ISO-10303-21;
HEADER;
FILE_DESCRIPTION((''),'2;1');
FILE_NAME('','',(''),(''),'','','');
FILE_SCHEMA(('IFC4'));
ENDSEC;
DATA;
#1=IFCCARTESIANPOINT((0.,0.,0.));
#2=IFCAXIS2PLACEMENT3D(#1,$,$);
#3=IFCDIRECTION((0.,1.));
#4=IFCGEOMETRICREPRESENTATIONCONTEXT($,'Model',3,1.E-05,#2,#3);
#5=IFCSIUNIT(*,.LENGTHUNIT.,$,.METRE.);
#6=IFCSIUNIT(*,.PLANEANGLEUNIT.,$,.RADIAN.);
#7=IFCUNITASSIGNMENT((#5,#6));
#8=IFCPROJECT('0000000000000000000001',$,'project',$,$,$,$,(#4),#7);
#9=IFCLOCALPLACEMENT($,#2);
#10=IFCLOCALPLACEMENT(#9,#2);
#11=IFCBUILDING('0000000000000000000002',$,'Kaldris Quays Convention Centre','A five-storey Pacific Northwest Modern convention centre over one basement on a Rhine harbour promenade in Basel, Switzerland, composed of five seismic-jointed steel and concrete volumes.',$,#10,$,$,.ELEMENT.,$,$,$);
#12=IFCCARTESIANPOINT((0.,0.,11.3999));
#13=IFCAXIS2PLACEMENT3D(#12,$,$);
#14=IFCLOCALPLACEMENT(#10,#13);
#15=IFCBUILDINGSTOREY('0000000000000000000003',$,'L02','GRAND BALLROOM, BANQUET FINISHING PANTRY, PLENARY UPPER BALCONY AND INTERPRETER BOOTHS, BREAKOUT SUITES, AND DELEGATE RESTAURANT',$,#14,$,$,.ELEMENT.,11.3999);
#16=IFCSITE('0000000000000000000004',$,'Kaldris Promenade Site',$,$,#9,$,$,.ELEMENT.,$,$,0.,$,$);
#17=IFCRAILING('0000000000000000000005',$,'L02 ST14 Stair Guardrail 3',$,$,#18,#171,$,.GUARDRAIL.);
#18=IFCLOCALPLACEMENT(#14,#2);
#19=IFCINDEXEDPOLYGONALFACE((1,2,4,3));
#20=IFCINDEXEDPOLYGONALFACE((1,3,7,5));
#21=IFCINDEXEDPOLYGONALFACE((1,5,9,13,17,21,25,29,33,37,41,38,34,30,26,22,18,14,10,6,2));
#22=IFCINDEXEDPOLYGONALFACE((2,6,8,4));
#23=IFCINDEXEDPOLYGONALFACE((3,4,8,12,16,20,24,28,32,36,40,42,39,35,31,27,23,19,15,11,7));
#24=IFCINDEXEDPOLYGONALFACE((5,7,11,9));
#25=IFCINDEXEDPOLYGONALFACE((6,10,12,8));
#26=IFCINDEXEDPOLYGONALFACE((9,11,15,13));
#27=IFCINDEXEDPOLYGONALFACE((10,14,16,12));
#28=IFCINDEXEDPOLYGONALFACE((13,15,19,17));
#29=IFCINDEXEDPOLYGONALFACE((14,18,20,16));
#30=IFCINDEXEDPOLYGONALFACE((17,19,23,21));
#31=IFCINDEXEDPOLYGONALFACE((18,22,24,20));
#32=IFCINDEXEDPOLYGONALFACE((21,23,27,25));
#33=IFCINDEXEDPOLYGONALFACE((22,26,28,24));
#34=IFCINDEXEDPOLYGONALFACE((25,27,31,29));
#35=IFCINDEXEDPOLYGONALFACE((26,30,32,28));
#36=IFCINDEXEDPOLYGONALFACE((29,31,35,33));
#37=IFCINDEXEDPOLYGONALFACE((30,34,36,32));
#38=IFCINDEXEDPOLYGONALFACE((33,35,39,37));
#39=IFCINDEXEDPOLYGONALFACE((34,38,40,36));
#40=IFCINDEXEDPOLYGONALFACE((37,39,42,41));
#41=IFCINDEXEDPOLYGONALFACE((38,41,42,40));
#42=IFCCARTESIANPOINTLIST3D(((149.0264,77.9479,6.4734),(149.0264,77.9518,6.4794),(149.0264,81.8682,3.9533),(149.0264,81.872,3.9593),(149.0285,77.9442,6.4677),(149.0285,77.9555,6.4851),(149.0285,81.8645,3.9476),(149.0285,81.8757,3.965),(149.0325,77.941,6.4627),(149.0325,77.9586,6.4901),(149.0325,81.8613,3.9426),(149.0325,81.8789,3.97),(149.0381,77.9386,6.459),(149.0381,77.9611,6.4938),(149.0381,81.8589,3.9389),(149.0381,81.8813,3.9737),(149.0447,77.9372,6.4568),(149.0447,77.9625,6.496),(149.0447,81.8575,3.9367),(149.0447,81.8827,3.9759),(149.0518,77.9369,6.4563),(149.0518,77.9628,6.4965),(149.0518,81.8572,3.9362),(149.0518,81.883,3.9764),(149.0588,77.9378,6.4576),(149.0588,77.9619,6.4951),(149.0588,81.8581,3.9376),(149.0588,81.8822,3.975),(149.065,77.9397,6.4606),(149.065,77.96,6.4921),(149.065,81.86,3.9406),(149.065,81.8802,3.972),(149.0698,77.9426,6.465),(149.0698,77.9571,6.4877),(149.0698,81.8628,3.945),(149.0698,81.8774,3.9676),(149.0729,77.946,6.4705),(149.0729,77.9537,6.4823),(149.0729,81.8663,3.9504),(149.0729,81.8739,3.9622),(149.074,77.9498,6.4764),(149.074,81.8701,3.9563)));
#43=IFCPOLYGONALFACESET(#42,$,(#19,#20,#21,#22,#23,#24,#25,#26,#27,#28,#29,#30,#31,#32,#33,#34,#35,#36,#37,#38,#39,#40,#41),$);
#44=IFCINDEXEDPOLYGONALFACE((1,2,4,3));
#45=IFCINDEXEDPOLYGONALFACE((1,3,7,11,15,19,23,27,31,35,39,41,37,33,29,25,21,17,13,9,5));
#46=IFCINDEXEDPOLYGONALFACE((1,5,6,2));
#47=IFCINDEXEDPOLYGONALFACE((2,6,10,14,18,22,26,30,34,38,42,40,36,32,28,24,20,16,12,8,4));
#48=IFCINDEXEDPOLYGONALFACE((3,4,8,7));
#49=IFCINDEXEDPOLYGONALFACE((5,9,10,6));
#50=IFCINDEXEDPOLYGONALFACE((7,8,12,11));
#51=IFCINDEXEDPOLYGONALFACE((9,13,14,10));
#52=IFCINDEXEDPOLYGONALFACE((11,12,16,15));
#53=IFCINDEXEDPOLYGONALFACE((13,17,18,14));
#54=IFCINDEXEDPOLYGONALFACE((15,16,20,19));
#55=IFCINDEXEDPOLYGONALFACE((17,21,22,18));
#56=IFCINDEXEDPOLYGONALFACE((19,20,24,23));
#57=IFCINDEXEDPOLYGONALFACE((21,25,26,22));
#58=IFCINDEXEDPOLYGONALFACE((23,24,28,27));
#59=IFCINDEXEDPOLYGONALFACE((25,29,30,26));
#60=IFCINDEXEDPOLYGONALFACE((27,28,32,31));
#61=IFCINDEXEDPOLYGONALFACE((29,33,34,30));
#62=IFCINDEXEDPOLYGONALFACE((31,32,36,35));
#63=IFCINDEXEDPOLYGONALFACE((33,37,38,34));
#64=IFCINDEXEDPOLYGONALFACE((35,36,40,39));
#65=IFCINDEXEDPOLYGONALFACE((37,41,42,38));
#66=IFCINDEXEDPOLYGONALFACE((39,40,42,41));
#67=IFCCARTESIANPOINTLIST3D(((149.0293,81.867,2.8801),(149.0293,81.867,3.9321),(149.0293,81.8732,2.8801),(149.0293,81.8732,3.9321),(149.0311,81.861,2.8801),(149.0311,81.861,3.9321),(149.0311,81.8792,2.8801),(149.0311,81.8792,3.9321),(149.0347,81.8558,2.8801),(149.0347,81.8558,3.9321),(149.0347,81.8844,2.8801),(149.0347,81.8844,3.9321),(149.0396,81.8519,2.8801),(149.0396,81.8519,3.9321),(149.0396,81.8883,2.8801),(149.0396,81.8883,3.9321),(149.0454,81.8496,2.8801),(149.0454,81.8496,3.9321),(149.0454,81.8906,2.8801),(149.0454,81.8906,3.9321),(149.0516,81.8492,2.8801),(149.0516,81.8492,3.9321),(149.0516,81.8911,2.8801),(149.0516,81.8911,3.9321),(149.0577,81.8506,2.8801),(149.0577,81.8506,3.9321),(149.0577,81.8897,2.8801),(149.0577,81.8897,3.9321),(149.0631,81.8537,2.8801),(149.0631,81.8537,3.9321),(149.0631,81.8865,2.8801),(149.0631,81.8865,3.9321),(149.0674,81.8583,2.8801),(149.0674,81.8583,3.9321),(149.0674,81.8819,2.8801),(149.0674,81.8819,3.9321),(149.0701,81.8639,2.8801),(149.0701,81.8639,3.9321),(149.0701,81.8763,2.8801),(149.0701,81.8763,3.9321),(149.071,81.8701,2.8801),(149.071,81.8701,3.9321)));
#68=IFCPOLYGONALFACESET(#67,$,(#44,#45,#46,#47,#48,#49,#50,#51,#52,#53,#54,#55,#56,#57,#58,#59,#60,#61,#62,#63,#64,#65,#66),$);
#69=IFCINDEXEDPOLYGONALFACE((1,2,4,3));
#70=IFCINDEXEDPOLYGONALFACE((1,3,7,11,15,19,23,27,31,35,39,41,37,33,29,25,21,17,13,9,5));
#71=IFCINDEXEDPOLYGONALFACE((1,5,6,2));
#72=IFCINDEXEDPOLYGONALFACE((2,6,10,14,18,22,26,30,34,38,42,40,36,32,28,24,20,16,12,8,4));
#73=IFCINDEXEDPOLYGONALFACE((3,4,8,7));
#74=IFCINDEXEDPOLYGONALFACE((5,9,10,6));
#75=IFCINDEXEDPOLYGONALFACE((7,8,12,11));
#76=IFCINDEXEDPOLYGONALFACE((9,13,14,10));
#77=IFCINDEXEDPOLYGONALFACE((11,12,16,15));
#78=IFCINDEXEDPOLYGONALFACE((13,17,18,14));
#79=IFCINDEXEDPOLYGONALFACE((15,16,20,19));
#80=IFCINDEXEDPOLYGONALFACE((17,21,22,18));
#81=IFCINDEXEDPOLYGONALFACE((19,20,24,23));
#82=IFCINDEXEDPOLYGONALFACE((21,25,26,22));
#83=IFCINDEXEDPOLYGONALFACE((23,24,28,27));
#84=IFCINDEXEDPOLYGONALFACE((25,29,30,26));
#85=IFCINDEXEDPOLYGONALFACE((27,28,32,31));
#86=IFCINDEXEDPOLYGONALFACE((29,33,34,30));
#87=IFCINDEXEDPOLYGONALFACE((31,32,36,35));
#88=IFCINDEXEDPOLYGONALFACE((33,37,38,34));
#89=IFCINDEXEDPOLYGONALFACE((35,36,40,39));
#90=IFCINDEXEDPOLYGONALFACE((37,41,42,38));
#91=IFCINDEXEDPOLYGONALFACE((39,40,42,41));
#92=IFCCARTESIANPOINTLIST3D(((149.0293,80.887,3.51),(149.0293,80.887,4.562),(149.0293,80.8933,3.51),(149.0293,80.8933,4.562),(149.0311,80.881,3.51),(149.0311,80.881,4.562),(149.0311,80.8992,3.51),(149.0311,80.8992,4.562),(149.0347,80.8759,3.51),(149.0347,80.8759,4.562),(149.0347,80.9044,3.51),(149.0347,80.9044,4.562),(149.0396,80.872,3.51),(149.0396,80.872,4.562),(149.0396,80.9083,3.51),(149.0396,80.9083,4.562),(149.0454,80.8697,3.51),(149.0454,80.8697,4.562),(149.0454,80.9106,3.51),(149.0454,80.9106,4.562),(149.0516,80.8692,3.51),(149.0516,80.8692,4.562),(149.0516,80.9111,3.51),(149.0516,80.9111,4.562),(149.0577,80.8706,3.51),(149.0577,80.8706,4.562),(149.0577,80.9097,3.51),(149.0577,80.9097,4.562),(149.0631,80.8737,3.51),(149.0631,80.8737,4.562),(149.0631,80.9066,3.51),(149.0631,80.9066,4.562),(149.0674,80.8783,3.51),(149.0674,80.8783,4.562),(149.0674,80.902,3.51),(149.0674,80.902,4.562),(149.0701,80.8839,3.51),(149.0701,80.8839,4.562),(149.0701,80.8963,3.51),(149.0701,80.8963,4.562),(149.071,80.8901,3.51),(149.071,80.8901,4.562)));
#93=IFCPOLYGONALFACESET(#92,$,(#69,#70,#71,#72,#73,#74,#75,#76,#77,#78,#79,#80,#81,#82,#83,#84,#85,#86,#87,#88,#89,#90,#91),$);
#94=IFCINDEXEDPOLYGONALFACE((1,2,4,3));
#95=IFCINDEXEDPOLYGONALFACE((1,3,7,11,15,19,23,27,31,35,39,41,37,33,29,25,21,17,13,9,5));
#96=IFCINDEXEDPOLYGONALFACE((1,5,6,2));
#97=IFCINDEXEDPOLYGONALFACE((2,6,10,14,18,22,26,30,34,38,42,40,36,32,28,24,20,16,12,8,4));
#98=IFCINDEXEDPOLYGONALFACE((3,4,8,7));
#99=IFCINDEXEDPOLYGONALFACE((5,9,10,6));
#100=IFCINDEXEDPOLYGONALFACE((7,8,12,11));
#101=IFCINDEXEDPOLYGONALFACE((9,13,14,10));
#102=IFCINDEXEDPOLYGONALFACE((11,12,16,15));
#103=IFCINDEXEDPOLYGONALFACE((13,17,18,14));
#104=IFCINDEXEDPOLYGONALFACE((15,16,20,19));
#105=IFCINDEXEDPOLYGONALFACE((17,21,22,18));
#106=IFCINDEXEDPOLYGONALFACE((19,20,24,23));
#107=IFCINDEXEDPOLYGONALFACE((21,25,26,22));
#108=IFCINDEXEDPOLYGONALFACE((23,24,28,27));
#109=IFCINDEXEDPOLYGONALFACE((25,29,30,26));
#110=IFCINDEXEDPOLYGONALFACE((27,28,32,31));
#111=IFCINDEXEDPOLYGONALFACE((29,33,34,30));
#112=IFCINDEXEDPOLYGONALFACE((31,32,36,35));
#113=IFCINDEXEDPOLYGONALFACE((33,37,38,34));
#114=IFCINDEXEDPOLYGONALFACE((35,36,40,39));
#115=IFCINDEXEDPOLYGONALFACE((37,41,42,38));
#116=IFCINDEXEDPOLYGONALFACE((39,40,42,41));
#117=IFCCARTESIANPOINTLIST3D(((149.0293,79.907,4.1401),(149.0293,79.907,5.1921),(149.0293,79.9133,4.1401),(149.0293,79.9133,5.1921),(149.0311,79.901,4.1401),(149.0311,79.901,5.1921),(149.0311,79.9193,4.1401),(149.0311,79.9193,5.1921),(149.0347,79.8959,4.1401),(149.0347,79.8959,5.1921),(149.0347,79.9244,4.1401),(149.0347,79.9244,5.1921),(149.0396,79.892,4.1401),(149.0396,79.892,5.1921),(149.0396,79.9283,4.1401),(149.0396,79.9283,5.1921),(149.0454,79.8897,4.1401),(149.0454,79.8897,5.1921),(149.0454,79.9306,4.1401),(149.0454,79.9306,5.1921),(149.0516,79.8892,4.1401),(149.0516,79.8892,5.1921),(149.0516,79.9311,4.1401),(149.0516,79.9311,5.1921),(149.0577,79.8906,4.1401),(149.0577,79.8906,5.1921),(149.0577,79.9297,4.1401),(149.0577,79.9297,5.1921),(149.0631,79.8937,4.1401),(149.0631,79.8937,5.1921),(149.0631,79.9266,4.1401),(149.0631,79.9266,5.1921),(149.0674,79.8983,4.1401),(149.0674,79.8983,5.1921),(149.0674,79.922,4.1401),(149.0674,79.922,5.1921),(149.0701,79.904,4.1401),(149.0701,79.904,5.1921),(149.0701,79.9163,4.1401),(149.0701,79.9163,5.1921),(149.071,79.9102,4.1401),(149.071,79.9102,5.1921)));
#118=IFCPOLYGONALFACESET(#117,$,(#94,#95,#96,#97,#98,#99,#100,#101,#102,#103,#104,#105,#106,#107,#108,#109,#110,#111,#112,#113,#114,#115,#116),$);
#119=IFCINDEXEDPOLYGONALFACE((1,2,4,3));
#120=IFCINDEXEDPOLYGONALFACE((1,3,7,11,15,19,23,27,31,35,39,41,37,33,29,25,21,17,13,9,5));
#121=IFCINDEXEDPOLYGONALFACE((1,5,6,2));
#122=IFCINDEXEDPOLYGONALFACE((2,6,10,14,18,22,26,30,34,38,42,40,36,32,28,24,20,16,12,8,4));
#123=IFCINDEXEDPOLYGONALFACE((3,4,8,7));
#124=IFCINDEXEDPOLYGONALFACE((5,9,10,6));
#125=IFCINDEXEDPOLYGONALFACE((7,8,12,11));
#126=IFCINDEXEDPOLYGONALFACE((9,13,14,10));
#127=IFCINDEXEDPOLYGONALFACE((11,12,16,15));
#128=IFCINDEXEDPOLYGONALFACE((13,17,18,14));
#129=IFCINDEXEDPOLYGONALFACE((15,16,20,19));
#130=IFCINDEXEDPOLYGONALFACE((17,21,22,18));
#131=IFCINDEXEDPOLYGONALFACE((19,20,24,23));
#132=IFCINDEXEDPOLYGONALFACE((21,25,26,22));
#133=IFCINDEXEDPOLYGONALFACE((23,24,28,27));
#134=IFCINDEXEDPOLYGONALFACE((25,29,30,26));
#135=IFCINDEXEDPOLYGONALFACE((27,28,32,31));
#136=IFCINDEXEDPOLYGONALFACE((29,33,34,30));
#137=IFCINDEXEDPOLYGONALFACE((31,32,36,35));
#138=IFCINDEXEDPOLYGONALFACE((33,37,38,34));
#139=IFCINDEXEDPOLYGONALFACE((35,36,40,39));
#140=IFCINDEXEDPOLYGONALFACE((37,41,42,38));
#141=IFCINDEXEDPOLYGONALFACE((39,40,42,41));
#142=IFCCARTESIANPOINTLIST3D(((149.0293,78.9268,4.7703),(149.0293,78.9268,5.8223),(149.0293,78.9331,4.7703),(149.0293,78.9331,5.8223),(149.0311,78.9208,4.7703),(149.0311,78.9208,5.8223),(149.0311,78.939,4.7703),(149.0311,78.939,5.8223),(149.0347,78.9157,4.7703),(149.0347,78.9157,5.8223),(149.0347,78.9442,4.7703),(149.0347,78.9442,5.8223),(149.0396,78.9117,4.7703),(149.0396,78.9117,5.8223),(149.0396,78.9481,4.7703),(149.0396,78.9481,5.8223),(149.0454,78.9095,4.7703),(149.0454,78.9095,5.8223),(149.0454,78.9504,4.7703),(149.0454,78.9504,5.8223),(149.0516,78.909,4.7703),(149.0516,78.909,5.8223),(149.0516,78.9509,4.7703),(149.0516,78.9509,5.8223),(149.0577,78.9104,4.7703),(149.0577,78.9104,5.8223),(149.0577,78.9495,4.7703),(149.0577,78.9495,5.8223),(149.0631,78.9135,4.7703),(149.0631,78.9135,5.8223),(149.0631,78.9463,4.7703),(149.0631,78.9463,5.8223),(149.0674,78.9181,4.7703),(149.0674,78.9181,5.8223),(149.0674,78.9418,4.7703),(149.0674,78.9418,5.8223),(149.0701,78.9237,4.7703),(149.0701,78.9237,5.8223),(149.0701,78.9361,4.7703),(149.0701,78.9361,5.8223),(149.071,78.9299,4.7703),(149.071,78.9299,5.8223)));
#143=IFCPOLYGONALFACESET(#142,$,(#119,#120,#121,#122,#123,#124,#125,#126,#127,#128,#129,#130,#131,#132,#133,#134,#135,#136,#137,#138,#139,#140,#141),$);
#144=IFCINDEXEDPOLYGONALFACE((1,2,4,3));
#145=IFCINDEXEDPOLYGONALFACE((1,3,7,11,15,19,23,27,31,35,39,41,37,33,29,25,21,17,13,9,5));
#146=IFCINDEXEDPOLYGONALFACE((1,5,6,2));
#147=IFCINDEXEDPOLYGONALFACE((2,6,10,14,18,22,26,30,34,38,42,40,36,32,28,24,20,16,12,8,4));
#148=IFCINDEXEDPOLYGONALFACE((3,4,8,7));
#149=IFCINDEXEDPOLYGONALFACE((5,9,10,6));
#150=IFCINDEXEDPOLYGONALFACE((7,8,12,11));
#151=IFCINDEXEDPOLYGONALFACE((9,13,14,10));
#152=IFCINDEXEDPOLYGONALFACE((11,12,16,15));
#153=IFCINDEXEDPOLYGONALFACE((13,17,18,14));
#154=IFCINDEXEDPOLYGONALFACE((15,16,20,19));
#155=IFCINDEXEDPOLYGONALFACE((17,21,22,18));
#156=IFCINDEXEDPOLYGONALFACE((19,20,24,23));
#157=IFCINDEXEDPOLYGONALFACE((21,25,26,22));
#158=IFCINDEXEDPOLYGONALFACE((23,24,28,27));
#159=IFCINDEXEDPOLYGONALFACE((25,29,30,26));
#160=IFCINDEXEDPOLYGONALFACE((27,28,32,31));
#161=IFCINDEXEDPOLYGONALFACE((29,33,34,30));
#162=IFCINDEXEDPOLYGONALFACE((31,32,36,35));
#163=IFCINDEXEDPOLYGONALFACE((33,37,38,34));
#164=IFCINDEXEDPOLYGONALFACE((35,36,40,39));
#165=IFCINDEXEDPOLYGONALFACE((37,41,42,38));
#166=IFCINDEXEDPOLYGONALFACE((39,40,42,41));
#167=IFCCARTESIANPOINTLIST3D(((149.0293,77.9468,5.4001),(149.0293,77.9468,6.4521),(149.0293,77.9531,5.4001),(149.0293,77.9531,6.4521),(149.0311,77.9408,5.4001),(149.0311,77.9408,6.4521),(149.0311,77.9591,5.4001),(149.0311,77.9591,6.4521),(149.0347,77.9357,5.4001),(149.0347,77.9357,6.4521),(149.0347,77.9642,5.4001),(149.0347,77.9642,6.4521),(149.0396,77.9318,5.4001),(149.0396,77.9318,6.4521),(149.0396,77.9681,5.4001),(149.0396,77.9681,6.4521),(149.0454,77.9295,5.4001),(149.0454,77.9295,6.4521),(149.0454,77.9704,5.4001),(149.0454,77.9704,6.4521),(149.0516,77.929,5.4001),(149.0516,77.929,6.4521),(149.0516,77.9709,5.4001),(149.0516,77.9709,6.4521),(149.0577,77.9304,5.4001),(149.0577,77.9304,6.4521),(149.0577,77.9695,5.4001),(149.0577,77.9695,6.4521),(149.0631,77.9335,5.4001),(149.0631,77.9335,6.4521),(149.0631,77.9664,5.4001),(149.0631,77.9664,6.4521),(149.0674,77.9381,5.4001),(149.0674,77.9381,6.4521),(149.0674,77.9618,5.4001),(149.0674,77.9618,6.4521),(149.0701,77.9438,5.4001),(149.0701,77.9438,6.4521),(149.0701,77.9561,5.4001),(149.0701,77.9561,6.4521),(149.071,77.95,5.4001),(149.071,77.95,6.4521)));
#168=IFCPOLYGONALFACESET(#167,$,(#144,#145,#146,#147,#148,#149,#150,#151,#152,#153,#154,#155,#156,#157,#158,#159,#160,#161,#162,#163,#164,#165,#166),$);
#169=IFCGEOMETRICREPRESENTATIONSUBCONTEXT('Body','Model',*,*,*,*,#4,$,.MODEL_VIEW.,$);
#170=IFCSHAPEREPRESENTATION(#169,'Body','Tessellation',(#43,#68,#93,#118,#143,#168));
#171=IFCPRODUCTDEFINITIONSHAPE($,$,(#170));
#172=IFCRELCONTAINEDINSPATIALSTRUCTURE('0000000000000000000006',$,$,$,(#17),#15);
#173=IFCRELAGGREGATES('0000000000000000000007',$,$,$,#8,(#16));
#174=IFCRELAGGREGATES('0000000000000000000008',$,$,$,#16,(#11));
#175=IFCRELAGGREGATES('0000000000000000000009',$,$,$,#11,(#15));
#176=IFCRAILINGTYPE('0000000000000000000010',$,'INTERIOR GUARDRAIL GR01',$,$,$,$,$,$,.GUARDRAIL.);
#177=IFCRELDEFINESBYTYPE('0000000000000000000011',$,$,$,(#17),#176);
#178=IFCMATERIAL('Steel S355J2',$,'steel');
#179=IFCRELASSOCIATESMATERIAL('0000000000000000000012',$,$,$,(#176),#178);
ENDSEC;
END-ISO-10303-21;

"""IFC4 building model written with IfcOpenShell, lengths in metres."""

from ifc_helpers import new_model, si_unit, direction, frame, origin, origin_2d, place, context, subcontext, project, spatial, circle, extrude, material, type_object, element, save


model = new_model("IFC4")

# Units and contexts
model_context = context("Model", 3, precision=1e-05, world=origin(), true_north=direction((0.0, 1.0)))
body_context = subcontext(model_context, "Body", "Model", "MODEL_VIEW")
ifc_project = project(units=[si_unit("LENGTHUNIT", "METRE"), si_unit("PLANEANGLEUNIT", "RADIAN")], contexts=[model_context])

# Site, building, storey
site_placement = place(None, origin())
site = spatial("IfcSite", under=ifc_project, at=site_placement, Name="Kaldris Promenade Site", CompositionType="ELEMENT", RefElevation=0.0)
building_placement = place(site_placement, origin())
building = spatial("IfcBuilding", under=site, at=building_placement, Name="Kaldris Quays Convention Centre", Description="A five-storey Pacific Northwest Modern convention centre over one basement on a Rhine harbour promenade in Basel, Switzerland, composed of five seismic-jointed steel and concrete volumes.", CompositionType="ELEMENT")
storey_placement = place(building_placement, frame((0.0, 0.0, 11.3999)))
storey = spatial("IfcBuildingStorey", under=building, at=storey_placement, Name="L02", Description="GRAND BALLROOM, BANQUET FINISHING PANTRY, PLENARY UPPER BALCONY AND INTERPRETER BOOTHS, BREAKOUT SUITES, AND DELEGATE RESTAURANT", CompositionType="ELEMENT", Elevation=11.3999)

# Shared definitions
ifc_material_1 = material(Name="Steel S355J2", Category="steel")

# Railing
railing_type_1 = type_object("IfcRailingType", Name="INTERIOR GUARDRAIL GR01", PredefinedType="GUARDRAIL", material=ifc_material_1)
railing_1_placement = place(storey_placement, frame((149.05, 81.8701, 2.8801)))
element("IfcRailing", 1, at=railing_1_placement, inside=storey, type_object=railing_type_1, Name="L02 ST14 Stair Guardrail 3", PredefinedType="GUARDRAIL", context=body_context, shape_type="SweptSolid", body=[
    extrude(circle(Radius=0.0239, at=origin_2d()), frame((0.0, 0.0, 1.0762), z_axis=(0.0, -0.841187, 0.540744), x_axis=(1.0, 0.0, 0.0)), (0.0, 0.0, 1.0), 4.6604),
    extrude(circle(Radius=0.021, at=origin_2d()), origin(), (0.0, 0.0, 1.0), 1.052),
    extrude(circle(Radius=0.021, at=origin_2d()), frame((0.0, -0.98, 0.6299)), (0.0, 0.0, 1.0), 1.052),
    extrude(circle(Radius=0.021, at=origin_2d()), frame((0.0, -1.96, 1.26)), (0.0, 0.0, 1.0), 1.052),
    extrude(circle(Radius=0.021, at=origin_2d()), frame((0.0, -2.9402, 1.8901)), (0.0, 0.0, 1.0), 1.052),
    extrude(circle(Radius=0.021, at=origin_2d()), frame((0.0, -3.9202, 2.52)), (0.0, 0.0, 1.0), 1.052),
])

save(model, "model.ifc")
